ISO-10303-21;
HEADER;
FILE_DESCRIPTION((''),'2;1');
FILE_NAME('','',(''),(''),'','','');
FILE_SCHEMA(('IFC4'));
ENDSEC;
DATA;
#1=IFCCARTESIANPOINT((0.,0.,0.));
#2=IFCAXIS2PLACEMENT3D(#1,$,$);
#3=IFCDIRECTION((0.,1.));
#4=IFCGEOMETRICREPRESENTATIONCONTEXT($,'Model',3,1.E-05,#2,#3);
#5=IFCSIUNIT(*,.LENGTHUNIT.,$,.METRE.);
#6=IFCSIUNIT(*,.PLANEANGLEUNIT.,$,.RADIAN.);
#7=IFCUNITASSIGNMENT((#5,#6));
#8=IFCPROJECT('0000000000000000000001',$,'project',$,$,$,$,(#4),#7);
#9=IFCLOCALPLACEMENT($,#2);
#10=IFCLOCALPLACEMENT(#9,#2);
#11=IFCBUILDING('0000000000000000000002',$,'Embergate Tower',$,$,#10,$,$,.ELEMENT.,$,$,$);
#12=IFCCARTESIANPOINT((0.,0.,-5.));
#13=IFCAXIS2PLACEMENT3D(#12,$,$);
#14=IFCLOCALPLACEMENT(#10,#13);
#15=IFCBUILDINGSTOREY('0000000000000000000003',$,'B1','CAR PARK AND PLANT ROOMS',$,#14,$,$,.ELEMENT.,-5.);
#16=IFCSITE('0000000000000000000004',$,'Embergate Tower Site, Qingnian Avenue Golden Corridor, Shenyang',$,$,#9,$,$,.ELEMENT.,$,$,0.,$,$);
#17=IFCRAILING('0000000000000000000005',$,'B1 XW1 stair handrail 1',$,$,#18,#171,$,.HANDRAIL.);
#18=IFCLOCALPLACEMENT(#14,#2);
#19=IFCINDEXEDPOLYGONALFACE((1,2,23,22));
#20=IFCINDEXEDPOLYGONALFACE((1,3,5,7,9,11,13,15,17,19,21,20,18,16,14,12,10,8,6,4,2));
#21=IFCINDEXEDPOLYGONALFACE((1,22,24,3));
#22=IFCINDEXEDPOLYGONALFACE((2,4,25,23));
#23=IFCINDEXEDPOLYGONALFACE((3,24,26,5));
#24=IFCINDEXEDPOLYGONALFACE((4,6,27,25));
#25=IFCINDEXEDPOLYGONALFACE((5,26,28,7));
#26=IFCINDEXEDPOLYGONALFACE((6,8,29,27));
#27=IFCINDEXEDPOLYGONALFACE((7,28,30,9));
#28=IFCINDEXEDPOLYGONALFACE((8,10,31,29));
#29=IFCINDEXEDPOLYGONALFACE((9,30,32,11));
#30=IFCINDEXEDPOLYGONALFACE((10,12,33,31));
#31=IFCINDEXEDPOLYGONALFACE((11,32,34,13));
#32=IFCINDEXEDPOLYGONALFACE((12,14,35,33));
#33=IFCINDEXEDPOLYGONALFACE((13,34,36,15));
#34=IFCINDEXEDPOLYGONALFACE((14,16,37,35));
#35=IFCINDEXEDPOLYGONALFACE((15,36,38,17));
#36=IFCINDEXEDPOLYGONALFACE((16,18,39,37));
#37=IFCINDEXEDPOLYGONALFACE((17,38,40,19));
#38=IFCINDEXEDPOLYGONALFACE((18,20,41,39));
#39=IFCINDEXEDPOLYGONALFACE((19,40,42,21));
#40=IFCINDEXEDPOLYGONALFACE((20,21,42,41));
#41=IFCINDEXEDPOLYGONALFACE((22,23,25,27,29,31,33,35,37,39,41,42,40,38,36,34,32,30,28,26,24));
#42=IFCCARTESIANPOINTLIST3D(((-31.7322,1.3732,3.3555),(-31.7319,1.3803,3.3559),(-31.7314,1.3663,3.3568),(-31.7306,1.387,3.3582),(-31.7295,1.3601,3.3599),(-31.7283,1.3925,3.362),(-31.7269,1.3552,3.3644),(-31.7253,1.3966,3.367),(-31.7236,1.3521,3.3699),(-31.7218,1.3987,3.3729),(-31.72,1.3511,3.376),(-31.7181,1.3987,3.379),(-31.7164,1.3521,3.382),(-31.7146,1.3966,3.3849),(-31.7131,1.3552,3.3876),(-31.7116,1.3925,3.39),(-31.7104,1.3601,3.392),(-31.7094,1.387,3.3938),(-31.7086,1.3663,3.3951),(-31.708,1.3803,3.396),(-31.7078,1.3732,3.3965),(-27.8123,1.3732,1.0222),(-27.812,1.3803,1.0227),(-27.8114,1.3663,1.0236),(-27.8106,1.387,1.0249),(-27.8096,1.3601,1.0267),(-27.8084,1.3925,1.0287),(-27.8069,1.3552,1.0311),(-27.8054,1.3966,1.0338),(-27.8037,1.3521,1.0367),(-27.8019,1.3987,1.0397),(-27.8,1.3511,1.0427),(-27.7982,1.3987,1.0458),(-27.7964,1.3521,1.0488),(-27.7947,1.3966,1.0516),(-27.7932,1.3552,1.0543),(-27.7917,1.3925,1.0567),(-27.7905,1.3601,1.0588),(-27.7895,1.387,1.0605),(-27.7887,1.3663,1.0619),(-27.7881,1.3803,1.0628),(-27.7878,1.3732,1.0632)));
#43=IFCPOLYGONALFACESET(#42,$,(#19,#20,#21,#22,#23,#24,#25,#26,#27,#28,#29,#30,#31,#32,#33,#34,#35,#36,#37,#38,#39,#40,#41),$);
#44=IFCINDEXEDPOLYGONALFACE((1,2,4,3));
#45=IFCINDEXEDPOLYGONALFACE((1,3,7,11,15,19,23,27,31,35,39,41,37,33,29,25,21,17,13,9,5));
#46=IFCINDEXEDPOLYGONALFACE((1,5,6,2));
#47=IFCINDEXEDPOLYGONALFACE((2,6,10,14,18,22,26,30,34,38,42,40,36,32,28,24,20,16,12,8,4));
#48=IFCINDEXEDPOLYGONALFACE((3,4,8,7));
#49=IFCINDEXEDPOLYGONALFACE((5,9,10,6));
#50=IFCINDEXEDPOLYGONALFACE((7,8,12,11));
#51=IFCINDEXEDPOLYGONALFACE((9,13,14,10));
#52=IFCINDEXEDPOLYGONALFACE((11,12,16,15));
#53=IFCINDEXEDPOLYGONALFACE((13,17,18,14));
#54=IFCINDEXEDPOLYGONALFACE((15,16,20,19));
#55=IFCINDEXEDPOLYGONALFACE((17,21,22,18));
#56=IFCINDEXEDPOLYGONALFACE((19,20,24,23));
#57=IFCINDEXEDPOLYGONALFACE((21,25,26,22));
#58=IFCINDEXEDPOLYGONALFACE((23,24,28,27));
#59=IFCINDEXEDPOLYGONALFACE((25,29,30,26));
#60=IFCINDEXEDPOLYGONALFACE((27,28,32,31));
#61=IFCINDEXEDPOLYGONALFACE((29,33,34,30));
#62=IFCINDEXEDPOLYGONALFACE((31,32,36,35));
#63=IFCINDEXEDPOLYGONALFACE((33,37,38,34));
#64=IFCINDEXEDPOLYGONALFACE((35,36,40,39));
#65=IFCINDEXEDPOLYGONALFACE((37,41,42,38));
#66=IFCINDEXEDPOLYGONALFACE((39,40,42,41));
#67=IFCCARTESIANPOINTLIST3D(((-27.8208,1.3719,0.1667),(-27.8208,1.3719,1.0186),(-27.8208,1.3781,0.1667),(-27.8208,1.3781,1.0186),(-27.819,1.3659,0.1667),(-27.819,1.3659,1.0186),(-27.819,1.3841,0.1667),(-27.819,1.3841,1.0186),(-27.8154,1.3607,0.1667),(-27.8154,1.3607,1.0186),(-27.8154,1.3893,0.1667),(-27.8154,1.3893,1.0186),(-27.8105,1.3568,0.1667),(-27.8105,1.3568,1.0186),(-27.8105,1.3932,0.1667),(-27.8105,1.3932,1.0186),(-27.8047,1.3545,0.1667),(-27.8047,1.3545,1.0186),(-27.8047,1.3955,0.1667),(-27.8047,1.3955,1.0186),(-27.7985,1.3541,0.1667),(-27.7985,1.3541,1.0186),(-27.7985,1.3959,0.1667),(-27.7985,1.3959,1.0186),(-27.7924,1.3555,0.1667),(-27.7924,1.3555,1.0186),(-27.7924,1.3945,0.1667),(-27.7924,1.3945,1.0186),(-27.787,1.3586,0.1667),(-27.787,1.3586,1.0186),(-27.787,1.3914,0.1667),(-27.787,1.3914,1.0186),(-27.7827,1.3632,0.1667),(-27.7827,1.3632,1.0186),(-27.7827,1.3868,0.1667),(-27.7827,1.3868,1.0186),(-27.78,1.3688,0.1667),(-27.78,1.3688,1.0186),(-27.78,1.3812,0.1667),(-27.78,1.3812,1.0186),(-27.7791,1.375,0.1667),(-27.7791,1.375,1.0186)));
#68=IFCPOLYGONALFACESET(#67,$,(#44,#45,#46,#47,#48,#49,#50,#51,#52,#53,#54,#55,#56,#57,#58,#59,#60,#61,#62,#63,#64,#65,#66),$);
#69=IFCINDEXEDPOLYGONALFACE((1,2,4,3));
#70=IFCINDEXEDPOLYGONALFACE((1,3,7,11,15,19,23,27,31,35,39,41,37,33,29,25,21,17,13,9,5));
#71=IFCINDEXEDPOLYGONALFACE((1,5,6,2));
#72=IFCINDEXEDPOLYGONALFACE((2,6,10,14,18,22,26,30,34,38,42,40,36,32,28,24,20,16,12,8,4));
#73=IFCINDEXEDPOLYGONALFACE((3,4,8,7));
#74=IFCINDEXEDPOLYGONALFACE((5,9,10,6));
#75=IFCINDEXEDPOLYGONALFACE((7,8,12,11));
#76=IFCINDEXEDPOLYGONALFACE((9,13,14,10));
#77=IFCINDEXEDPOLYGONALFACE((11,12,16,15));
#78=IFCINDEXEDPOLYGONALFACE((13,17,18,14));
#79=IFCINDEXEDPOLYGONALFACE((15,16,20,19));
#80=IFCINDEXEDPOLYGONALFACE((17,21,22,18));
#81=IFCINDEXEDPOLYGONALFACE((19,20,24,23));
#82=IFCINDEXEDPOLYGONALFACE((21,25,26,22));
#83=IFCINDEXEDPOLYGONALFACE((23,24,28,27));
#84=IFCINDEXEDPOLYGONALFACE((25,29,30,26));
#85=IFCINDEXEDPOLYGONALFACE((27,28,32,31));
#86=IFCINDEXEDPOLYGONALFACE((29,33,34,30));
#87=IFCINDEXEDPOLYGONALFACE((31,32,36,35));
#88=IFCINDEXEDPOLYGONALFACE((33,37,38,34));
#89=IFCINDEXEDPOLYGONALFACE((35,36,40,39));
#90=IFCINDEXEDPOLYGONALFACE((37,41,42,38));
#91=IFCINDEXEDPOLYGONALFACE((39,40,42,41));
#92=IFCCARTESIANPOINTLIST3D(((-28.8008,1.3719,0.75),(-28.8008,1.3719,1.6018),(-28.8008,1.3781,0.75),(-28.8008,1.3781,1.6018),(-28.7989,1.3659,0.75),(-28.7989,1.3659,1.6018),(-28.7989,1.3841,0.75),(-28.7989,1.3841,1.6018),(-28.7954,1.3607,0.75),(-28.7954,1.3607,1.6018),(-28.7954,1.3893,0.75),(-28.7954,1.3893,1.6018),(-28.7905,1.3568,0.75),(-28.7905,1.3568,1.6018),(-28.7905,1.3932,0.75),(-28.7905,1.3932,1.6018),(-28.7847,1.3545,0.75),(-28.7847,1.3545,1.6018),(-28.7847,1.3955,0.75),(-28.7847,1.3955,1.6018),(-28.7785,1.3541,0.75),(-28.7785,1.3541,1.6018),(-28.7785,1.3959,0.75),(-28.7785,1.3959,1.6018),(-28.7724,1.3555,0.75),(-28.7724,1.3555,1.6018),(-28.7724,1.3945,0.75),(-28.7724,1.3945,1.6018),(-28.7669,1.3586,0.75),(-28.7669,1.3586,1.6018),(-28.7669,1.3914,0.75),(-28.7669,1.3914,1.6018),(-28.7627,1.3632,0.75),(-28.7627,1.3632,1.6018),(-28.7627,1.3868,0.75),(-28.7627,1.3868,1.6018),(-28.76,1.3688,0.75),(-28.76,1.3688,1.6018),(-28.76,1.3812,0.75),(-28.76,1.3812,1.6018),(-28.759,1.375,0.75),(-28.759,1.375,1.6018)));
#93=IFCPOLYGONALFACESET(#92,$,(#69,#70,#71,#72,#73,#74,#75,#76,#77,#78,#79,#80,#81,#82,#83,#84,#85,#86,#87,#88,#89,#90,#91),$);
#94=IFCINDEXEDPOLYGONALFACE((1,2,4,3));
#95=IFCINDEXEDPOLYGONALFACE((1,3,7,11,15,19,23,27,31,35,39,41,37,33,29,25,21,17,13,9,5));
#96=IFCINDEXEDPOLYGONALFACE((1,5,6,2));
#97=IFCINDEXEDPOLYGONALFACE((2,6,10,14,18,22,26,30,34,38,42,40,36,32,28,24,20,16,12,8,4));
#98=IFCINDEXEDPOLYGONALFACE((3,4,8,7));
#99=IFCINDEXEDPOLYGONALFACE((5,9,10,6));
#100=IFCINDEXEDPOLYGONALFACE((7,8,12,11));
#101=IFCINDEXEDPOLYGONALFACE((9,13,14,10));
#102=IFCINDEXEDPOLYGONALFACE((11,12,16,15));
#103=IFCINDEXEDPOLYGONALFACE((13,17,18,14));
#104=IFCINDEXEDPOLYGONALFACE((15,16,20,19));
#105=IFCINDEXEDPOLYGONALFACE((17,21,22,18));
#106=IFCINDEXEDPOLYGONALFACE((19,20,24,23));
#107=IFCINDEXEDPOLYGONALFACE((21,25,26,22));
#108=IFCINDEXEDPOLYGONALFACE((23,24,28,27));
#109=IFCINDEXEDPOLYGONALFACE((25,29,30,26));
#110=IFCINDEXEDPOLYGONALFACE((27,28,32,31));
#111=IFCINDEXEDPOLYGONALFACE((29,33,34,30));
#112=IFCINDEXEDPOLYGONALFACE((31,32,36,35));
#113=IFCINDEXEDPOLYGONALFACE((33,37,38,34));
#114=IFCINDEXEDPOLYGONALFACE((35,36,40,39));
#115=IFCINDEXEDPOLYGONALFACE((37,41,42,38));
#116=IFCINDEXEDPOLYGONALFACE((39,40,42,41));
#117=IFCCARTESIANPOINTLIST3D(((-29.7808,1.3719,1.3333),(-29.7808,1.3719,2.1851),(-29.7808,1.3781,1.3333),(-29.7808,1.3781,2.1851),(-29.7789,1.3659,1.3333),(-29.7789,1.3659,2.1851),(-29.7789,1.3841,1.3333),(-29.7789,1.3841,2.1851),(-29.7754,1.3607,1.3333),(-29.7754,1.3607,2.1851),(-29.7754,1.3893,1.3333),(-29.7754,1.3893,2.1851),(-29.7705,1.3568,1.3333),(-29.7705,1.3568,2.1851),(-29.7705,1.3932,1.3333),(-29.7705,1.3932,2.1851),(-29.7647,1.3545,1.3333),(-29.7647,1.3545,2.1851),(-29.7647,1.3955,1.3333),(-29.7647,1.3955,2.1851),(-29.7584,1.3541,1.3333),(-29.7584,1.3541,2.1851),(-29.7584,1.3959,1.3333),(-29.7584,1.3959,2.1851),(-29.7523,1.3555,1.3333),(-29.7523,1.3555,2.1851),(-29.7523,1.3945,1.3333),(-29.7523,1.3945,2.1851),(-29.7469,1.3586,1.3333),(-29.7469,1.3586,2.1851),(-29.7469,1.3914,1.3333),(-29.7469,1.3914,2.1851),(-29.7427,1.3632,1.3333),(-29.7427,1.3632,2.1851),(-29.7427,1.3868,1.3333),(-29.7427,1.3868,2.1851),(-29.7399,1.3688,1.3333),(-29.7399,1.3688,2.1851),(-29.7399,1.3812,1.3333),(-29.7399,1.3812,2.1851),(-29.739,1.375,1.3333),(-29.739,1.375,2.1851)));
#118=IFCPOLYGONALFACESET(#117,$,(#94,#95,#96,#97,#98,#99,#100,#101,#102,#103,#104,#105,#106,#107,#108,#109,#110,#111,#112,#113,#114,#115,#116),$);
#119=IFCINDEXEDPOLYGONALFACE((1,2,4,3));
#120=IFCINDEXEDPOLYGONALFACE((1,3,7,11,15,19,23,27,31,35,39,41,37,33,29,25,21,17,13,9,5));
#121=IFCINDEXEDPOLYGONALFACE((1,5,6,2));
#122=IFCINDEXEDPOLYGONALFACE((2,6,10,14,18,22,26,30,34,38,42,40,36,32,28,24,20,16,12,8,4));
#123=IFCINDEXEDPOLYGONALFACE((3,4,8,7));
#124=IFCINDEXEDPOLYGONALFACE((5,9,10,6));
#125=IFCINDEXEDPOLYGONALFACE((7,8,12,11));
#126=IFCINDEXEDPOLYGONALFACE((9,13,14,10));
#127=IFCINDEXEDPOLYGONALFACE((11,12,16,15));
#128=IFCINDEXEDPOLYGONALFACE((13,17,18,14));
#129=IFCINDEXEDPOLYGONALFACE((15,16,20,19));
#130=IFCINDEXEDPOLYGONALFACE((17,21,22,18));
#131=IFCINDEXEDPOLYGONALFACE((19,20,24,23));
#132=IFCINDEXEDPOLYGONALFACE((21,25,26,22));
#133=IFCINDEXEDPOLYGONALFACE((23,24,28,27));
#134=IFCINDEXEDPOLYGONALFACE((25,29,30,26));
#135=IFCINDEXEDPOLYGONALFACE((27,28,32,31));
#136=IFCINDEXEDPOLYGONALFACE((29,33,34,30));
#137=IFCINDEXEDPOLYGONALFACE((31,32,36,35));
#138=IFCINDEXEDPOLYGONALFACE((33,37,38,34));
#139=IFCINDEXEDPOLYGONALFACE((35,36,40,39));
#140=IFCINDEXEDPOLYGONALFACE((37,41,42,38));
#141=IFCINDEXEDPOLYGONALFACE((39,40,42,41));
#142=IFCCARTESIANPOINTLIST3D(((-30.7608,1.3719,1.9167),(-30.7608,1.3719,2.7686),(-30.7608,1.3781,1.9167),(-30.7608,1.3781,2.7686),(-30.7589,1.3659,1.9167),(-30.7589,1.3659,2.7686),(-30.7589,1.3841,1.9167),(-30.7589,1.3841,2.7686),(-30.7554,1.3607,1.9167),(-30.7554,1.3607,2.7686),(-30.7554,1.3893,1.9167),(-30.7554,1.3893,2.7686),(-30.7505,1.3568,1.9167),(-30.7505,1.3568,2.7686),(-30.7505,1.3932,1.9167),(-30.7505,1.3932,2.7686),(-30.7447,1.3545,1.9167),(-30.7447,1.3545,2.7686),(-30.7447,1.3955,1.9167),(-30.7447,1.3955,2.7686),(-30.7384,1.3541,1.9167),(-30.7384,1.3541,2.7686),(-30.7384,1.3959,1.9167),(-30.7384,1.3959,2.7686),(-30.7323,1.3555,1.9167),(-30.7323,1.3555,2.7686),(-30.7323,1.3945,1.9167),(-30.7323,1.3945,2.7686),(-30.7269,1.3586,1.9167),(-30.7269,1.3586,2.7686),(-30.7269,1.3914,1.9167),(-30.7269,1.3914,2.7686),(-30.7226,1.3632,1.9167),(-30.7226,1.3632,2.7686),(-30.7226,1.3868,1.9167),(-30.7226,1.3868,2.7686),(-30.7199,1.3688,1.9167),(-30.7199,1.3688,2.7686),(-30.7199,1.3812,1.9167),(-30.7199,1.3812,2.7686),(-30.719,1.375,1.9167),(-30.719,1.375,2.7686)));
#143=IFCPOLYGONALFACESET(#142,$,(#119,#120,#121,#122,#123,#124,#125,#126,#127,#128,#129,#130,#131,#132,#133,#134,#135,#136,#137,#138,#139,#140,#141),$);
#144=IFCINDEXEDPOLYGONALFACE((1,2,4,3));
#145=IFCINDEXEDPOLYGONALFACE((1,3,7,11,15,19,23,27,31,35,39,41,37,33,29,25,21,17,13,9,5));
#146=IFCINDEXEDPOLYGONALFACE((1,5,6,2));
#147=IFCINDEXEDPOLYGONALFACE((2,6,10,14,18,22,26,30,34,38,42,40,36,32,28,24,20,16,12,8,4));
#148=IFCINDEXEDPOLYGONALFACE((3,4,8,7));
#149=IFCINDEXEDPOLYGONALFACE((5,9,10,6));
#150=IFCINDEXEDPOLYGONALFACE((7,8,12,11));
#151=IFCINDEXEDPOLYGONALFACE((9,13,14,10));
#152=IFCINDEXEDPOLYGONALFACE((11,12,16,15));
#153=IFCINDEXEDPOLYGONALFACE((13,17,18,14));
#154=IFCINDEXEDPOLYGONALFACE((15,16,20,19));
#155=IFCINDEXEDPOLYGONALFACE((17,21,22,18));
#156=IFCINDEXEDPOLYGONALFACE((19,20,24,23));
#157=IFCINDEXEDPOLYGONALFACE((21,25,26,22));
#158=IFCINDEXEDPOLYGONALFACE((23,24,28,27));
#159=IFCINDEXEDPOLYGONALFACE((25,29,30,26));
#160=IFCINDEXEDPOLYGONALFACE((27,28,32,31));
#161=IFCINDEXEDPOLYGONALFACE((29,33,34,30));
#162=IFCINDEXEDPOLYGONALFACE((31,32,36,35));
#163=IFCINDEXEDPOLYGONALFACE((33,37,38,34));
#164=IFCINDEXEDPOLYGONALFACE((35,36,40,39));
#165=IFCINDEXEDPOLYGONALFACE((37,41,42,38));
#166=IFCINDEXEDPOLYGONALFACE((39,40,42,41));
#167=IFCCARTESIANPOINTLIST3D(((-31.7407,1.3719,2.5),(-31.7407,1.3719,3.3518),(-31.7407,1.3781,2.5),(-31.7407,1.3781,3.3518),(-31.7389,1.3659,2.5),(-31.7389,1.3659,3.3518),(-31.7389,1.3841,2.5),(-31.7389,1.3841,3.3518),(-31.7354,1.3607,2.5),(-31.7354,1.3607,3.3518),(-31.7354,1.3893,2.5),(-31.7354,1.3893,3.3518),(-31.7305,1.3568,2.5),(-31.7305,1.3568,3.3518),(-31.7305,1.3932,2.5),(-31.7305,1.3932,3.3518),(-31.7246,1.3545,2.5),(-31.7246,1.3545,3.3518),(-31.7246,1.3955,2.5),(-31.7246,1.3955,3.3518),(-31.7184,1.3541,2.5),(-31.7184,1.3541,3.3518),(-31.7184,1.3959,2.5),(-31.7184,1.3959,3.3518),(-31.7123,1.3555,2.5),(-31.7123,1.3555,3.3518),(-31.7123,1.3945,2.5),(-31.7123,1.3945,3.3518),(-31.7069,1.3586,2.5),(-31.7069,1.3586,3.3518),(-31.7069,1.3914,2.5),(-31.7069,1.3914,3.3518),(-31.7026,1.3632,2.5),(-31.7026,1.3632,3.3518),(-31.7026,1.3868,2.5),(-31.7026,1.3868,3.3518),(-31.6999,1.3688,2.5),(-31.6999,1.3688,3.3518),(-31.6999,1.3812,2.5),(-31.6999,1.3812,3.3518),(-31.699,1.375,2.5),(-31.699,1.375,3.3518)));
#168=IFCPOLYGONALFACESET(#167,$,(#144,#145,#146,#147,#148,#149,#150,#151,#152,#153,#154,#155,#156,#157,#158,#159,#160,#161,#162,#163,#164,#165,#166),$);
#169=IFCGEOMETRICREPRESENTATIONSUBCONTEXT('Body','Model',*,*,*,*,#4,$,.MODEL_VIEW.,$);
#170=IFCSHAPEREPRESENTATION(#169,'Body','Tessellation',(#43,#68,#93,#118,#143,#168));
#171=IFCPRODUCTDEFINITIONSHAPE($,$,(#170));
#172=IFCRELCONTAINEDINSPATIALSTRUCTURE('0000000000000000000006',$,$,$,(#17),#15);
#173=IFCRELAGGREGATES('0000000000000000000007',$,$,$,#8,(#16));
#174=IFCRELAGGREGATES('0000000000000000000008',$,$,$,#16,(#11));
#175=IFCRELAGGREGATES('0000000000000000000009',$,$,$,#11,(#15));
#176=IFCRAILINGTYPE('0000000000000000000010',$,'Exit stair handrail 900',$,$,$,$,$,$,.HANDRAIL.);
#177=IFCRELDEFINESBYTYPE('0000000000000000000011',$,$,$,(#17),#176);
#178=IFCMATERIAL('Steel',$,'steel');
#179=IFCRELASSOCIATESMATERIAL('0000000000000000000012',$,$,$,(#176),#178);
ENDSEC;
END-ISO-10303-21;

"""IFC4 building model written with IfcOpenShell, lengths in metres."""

from ifc_helpers import new_model, si_unit, direction, frame, origin, origin_2d, place, context, subcontext, project, spatial, circle, extrude, source, transform, mapped, material, type_object, element, save


model = new_model("IFC4")

# Units and contexts
model_context = context("Model", 3, precision=1e-05, world=origin(), true_north=direction((0.0, 1.0)))
body_context = subcontext(model_context, "Body", "Model", "MODEL_VIEW")
ifc_project = project(units=[si_unit("LENGTHUNIT", "METRE"), si_unit("PLANEANGLEUNIT", "RADIAN")], contexts=[model_context])

# Site, building, storey
site_placement = place(None, origin())
site = spatial("IfcSite", under=ifc_project, at=site_placement, Name="Embergate Tower Site, Qingnian Avenue Golden Corridor, Shenyang", CompositionType="ELEMENT", RefElevation=0.0)
building_placement = place(site_placement, origin())
building = spatial("IfcBuilding", under=site, at=building_placement, Name="Embergate Tower", CompositionType="ELEMENT")
storey_placement = place(building_placement, frame((0.0, 0.0, -5.0)))
storey = spatial("IfcBuildingStorey", under=building, at=storey_placement, Name="B1", Description="CAR PARK AND PLANT ROOMS", CompositionType="ELEMENT", Elevation=-5.0)

# Railing
ifc_material_1 = material(Name="Steel", Category="steel")
railing_type_1 = type_object("IfcRailingType", Name="Exit stair handrail 900", PredefinedType="HANDRAIL", material=ifc_material_1)
shared_shape_1 = source(origin(), body_context, "Body", "SweptSolid", [
    extrude(circle(Radius=0.0239, at=origin_2d()), frame((0.0, 0.0, 0.876), z_axis=(-0.859296, 0.0, 0.511478), x_axis=(0.0, -1.0, 0.0)), (0.0, 0.0, 1.0), 4.5618),
    extrude(circle(Radius=0.021, at=origin_2d()), origin(), (0.0, 0.0, 1.0), 0.8518),
    extrude(circle(Radius=0.021, at=origin_2d()), frame((-0.98, 0.0, 0.5833)), (0.0, 0.0, 1.0), 0.8518),
    extrude(circle(Radius=0.021, at=origin_2d()), frame((-1.96, 0.0, 1.1665)), (0.0, 0.0, 1.0), 0.8518),
    extrude(circle(Radius=0.021, at=origin_2d()), frame((-2.9399, 0.0, 1.75)), (0.0, 0.0, 1.0), 0.8518),
    extrude(circle(Radius=0.021, at=origin_2d()), frame((-3.9199, 0.0, 2.3333)), (0.0, 0.0, 1.0), 0.8518),
])
railing_1_placement = place(storey_placement, frame((-27.8, 1.375, 0.1667)))
element("IfcRailing", 1, at=railing_1_placement, inside=storey, type_object=railing_type_1, Name="B1 XW1 stair handrail 1", PredefinedType="HANDRAIL", context=body_context, shape_type="MappedRepresentation", body=[
    mapped(shared_shape_1, transform((0.0, 0.0, 0.0))),
])

save(model, "model.ifc")
